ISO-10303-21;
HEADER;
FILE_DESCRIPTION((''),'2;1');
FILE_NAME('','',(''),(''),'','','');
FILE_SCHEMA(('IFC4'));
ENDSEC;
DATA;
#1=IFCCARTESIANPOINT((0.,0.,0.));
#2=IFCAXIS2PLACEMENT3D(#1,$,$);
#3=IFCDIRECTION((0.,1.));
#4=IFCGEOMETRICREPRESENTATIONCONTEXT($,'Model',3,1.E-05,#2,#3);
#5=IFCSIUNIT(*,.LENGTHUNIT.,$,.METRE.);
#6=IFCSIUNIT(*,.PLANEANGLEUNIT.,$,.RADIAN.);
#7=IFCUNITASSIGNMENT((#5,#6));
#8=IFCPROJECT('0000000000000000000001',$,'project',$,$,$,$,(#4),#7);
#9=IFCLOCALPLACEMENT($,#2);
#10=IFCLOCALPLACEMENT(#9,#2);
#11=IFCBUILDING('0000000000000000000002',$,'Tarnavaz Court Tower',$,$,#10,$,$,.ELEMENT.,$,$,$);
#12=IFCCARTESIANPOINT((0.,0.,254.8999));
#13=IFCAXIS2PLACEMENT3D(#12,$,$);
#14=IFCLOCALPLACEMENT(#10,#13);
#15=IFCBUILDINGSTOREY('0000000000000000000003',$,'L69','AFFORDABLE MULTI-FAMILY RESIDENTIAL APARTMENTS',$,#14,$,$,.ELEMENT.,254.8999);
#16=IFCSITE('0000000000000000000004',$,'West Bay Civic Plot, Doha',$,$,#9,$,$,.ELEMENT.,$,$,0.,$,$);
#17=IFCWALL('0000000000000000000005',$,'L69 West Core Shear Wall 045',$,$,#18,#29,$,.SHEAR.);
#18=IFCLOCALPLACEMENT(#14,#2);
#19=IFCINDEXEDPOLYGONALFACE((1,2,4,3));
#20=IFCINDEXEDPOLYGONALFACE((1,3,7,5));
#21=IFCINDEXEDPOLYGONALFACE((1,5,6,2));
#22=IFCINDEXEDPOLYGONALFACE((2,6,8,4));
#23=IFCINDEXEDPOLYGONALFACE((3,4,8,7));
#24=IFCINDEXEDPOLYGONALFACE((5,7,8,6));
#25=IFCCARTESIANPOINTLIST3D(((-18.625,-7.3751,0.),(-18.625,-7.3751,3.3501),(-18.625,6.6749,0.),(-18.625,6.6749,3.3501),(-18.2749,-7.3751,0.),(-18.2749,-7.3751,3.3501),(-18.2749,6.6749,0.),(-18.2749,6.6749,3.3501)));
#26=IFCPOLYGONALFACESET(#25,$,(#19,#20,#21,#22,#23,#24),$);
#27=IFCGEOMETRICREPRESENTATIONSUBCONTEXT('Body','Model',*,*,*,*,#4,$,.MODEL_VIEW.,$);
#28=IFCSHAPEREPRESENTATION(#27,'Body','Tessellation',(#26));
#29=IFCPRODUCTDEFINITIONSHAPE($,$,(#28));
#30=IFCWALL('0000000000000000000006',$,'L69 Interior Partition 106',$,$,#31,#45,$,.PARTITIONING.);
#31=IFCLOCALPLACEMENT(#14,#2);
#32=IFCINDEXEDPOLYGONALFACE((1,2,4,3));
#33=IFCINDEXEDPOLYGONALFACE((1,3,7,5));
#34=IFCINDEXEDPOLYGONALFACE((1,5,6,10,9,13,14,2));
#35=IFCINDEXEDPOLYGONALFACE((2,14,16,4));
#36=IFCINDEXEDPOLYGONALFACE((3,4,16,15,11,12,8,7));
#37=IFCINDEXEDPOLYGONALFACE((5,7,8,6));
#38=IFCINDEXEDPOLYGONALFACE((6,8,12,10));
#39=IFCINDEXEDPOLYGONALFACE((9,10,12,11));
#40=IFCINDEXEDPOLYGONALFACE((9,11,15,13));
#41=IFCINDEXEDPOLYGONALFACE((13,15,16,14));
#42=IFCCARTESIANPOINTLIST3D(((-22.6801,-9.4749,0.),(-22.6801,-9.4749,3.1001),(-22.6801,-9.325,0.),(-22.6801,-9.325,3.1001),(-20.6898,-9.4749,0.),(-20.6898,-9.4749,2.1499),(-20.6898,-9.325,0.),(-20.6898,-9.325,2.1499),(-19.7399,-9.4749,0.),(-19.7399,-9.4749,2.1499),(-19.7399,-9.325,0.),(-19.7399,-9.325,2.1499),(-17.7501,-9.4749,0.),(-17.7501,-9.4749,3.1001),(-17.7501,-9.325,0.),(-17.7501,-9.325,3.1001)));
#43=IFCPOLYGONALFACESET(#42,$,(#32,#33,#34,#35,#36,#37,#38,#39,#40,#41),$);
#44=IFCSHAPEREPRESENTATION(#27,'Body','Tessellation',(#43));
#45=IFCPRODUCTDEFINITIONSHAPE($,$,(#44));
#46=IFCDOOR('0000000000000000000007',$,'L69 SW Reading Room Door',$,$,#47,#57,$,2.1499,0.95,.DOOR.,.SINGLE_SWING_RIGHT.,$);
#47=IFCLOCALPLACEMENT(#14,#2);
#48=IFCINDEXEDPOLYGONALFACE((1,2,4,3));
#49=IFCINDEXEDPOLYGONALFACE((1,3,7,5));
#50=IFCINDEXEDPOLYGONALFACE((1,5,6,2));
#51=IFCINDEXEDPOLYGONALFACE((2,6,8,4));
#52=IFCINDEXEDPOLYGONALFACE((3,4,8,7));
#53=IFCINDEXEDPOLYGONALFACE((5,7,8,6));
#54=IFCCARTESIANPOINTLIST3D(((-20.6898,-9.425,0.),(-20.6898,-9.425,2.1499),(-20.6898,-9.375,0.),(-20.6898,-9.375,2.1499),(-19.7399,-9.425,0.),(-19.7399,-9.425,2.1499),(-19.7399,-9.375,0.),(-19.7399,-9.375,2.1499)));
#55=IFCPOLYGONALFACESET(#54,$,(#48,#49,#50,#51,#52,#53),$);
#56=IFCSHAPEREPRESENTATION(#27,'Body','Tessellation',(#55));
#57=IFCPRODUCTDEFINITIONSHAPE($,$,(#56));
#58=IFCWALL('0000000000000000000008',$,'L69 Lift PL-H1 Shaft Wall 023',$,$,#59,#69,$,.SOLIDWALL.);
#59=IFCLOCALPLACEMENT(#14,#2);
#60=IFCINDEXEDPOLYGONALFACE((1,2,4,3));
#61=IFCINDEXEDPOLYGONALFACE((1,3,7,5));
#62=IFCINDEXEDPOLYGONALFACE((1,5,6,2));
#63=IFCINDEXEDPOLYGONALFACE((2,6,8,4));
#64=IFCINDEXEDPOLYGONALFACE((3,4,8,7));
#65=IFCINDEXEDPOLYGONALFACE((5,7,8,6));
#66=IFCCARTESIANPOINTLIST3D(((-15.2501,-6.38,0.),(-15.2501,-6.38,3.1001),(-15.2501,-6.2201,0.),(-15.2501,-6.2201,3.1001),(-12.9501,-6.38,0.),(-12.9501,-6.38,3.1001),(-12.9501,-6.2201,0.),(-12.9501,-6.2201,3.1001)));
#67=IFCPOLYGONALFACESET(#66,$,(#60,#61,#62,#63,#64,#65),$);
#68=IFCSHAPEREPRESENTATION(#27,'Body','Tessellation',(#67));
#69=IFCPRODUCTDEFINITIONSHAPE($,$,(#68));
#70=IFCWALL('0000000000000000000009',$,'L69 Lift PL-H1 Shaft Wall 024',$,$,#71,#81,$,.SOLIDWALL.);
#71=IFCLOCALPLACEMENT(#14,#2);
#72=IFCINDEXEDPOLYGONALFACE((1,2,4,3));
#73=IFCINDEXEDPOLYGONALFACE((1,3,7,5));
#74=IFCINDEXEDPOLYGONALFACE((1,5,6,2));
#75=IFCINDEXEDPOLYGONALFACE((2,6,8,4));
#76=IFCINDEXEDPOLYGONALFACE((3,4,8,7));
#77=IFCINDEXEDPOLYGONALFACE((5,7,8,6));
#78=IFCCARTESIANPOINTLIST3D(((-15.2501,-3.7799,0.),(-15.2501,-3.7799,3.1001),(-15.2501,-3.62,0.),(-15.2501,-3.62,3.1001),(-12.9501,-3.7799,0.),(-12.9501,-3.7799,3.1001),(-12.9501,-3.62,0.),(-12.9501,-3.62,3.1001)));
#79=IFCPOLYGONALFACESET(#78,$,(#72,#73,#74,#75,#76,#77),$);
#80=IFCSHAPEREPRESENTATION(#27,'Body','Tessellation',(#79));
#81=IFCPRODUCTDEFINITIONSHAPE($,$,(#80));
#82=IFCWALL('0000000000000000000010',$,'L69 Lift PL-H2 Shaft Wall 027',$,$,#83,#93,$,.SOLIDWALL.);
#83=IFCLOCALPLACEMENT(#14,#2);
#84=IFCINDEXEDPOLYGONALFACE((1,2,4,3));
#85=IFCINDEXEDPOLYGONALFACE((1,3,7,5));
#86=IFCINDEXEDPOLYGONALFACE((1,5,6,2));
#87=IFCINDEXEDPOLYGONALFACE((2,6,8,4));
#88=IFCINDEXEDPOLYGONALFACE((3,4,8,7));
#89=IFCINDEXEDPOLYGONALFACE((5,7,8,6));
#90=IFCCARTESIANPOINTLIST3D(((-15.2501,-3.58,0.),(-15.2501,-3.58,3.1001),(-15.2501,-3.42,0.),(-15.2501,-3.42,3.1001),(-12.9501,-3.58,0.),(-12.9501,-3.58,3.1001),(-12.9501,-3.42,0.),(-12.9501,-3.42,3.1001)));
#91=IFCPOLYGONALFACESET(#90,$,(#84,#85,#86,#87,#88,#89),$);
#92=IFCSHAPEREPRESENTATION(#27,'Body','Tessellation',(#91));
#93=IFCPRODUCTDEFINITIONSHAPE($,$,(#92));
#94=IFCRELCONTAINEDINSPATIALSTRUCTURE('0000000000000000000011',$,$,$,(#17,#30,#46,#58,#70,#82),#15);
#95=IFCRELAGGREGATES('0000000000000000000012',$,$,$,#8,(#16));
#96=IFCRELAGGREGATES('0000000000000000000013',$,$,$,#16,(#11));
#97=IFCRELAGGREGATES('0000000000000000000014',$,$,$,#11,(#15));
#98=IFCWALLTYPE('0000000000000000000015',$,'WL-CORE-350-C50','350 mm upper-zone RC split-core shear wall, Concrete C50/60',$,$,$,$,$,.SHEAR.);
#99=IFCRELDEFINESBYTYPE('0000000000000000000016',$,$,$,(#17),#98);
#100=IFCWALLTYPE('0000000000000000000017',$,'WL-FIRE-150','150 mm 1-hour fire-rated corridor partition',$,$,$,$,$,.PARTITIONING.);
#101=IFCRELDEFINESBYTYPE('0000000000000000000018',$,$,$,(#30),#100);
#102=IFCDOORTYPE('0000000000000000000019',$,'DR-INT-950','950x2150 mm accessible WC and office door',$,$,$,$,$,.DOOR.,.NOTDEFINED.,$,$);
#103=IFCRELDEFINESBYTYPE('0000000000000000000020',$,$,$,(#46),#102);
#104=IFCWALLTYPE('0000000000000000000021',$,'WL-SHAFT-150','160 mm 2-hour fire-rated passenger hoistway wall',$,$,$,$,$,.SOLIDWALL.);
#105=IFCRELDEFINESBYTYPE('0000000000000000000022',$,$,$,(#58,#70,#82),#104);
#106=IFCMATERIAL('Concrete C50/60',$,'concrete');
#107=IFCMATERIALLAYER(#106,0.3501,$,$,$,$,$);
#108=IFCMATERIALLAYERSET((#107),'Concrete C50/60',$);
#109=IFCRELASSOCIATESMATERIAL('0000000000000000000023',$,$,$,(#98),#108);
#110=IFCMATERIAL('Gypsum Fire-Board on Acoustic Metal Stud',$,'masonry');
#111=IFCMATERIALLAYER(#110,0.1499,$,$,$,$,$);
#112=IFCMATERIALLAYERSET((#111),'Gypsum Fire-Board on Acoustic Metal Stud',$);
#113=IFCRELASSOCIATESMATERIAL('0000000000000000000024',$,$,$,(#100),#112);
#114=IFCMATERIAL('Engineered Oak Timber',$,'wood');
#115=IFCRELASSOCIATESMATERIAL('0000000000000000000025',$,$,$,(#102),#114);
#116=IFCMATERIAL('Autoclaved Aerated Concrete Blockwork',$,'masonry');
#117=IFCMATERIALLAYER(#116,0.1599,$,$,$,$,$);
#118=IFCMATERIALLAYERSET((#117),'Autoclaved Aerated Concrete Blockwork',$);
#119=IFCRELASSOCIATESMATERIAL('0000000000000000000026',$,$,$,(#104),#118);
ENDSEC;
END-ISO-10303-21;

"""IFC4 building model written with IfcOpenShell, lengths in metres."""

from ifc_helpers import new_model, si_unit, direction, frame, frame_2d, origin, place, context, subcontext, project, spatial, rectangle, extrude, material, layer, layer_set, type_object, element, fill, save


model = new_model("IFC4")

# Units and contexts
model_context = context("Model", 3, precision=1e-05, world=origin(), true_north=direction((0.0, 1.0)))
body_context = subcontext(model_context, "Body", "Model", "MODEL_VIEW")
ifc_project = project(units=[si_unit("LENGTHUNIT", "METRE"), si_unit("PLANEANGLEUNIT", "RADIAN")], contexts=[model_context])

# Site, building, storey
site_placement = place(None, origin())
site = spatial("IfcSite", under=ifc_project, at=site_placement, Name="West Bay Civic Plot, Doha", CompositionType="ELEMENT", RefElevation=0.0)
building_placement = place(site_placement, origin())
building = spatial("IfcBuilding", under=site, at=building_placement, Name="Tarnavaz Court Tower", CompositionType="ELEMENT")
storey_placement = place(building_placement, frame((0.0, 0.0, 254.8999)))
storey = spatial("IfcBuildingStorey", under=building, at=storey_placement, Name="L69", Description="AFFORDABLE MULTI-FAMILY RESIDENTIAL APARTMENTS", CompositionType="ELEMENT", Elevation=254.8999)

# Shared definitions
ifc_material_1 = material(Name="Concrete C50/60", Category="concrete")

# Wall
ifc_layer_1 = layer(ifc_material_1, 0.3501)
ifc_layer_set_1 = layer_set([ifc_layer_1], Name="Concrete C50/60")
wall_type_1 = type_object("IfcWallType", Name="WL-CORE-350-C50", Description="350 mm upper-zone RC split-core shear wall, Concrete C50/60", PredefinedType="SHEAR", material=ifc_layer_set_1)
wall_1_placement = place(storey_placement, frame((-18.45, -7.375, 0.0), z_axis=(0.0, 0.0, 1.0), x_axis=(0.0, 1.0, 0.0)))
element("IfcWall", 1, at=wall_1_placement, inside=storey, type_object=wall_type_1, Name="L69 West Core Shear Wall 045", PredefinedType="SHEAR", context=body_context, shape_type="SweptSolid", body=[
    extrude(rectangle(XDim=14.05, YDim=0.3501, at=frame_2d((7.0249, 0.0))), origin(), (0.0, 0.0, 1.0), 3.3501),
])

# Shared definitions
ifc_material_2 = material(Name="Gypsum Fire-Board on Acoustic Metal Stud", Category="masonry")
ifc_layer_2 = layer(ifc_material_2, 0.1499)
ifc_layer_set_2 = layer_set([ifc_layer_2], Name="Gypsum Fire-Board on Acoustic Metal Stud")
wall_type_2 = type_object("IfcWallType", Name="WL-FIRE-150", Description="150 mm 1-hour fire-rated corridor partition", PredefinedType="PARTITIONING", material=ifc_layer_set_2)

# Wall, opening, door
ifc_material_3 = material(Name="Engineered Oak Timber", Category="wood")
wall_2_placement = place(storey_placement, frame((-22.6799, -9.3999, 0.0), z_axis=(0.0, 0.0, 1.0), x_axis=(1.0, 0.0, 0.0)))
wall_2 = element("IfcWall", 2, at=wall_2_placement, inside=storey, type_object=wall_type_2, Name="L69 Interior Partition 106", PredefinedType="PARTITIONING", context=body_context, shape_type="SweptSolid", body=[
    extrude(rectangle(XDim=4.9299, YDim=0.1499, at=frame_2d((2.4648, 0.0))), origin(), (0.0, 0.0, 1.0), 3.1001),
])
opening_1_placement = place(wall_2_placement, frame((1.99, 0.0, 0.0)))
opening_1 = element("IfcOpeningElement", 3, at=opening_1_placement, cuts=wall_2, PredefinedType="OPENING", context=body_context, shape_type="SweptSolid", body=[
    extrude(rectangle(XDim=0.95, YDim=2.1499, at=frame_2d((0.4751, 1.075))), frame((0.0, 0.085, 0.0), z_axis=(0.0, -1.0, 0.0), x_axis=(1.0, 0.0, 0.0)), (0.0, 0.0, 1.0), 0.1699),
])
door_type_1 = type_object("IfcDoorType", Name="DR-INT-950", Description="950x2150 mm accessible WC and office door", OperationType="NOTDEFINED", PredefinedType="DOOR", material=ifc_material_3)
door_1_placement = place(opening_1_placement, origin())
door_1 = element("IfcDoor", 4, at=door_1_placement, inside=storey, type_object=door_type_1, Name="L69 SW Reading Room Door", OperationType="SINGLE_SWING_RIGHT", OverallHeight=2.1499, OverallWidth=0.95, PredefinedType="DOOR", context=body_context, shape_type="SweptSolid", body=[
    extrude(rectangle(XDim=0.95, YDim=2.1499, at=frame_2d((0.4751, 1.075))), frame((0.0, 0.0249, 0.0), z_axis=(0.0, -1.0, 0.0), x_axis=(1.0, 0.0, 0.0)), (0.0, 0.0, 1.0), 0.05),
])
fill(opening_1, door_1)
ifc_material_4 = material(Name="Autoclaved Aerated Concrete Blockwork", Category="masonry")
ifc_layer_3 = layer(ifc_material_4, 0.1599)
ifc_layer_set_3 = layer_set([ifc_layer_3], Name="Autoclaved Aerated Concrete Blockwork")
wall_type_3 = type_object("IfcWallType", Name="WL-SHAFT-150", Description="160 mm 2-hour fire-rated passenger hoistway wall", PredefinedType="SOLIDWALL", material=ifc_layer_set_3)

# Walls
for number, where, z_axis, x_axis, name in (
    (5, (-15.25, -6.3, 0.0), (0.0, 0.0, 1.0), (1.0, 0.0, 0.0), "L69 Lift PL-H1 Shaft Wall 023"),
    (6, (-15.25, -3.7, 0.0), (0.0, 0.0, 1.0), (1.0, 0.0, 0.0), "L69 Lift PL-H1 Shaft Wall 024"),
):
    element("IfcWall", number, at=place(storey_placement, frame(where, z_axis=z_axis, x_axis=x_axis)), inside=storey, type_object=wall_type_3, Name=name, PredefinedType="SOLIDWALL", context=body_context, shape_type="SweptSolid", body=[
        extrude(rectangle(XDim=2.3, YDim=0.1599, at=frame_2d((1.1499, 0.0))), origin(), (0.0, 0.0, 1.0), 3.1001),
    ])

# Wall
wall_3_placement = place(storey_placement, frame((-15.25, -3.5, 0.0), z_axis=(0.0, 0.0, 1.0), x_axis=(1.0, 0.0, 0.0)))
element("IfcWall", 7, at=wall_3_placement, inside=storey, type_object=wall_type_3, Name="L69 Lift PL-H2 Shaft Wall 027", PredefinedType="SOLIDWALL", context=body_context, shape_type="SweptSolid", body=[
    extrude(rectangle(XDim=2.3, YDim=0.1599, at=frame_2d((1.1499, 0.0))), origin(), (0.0, 0.0, 1.0), 3.1001),
])

save(model, "model.ifc")
